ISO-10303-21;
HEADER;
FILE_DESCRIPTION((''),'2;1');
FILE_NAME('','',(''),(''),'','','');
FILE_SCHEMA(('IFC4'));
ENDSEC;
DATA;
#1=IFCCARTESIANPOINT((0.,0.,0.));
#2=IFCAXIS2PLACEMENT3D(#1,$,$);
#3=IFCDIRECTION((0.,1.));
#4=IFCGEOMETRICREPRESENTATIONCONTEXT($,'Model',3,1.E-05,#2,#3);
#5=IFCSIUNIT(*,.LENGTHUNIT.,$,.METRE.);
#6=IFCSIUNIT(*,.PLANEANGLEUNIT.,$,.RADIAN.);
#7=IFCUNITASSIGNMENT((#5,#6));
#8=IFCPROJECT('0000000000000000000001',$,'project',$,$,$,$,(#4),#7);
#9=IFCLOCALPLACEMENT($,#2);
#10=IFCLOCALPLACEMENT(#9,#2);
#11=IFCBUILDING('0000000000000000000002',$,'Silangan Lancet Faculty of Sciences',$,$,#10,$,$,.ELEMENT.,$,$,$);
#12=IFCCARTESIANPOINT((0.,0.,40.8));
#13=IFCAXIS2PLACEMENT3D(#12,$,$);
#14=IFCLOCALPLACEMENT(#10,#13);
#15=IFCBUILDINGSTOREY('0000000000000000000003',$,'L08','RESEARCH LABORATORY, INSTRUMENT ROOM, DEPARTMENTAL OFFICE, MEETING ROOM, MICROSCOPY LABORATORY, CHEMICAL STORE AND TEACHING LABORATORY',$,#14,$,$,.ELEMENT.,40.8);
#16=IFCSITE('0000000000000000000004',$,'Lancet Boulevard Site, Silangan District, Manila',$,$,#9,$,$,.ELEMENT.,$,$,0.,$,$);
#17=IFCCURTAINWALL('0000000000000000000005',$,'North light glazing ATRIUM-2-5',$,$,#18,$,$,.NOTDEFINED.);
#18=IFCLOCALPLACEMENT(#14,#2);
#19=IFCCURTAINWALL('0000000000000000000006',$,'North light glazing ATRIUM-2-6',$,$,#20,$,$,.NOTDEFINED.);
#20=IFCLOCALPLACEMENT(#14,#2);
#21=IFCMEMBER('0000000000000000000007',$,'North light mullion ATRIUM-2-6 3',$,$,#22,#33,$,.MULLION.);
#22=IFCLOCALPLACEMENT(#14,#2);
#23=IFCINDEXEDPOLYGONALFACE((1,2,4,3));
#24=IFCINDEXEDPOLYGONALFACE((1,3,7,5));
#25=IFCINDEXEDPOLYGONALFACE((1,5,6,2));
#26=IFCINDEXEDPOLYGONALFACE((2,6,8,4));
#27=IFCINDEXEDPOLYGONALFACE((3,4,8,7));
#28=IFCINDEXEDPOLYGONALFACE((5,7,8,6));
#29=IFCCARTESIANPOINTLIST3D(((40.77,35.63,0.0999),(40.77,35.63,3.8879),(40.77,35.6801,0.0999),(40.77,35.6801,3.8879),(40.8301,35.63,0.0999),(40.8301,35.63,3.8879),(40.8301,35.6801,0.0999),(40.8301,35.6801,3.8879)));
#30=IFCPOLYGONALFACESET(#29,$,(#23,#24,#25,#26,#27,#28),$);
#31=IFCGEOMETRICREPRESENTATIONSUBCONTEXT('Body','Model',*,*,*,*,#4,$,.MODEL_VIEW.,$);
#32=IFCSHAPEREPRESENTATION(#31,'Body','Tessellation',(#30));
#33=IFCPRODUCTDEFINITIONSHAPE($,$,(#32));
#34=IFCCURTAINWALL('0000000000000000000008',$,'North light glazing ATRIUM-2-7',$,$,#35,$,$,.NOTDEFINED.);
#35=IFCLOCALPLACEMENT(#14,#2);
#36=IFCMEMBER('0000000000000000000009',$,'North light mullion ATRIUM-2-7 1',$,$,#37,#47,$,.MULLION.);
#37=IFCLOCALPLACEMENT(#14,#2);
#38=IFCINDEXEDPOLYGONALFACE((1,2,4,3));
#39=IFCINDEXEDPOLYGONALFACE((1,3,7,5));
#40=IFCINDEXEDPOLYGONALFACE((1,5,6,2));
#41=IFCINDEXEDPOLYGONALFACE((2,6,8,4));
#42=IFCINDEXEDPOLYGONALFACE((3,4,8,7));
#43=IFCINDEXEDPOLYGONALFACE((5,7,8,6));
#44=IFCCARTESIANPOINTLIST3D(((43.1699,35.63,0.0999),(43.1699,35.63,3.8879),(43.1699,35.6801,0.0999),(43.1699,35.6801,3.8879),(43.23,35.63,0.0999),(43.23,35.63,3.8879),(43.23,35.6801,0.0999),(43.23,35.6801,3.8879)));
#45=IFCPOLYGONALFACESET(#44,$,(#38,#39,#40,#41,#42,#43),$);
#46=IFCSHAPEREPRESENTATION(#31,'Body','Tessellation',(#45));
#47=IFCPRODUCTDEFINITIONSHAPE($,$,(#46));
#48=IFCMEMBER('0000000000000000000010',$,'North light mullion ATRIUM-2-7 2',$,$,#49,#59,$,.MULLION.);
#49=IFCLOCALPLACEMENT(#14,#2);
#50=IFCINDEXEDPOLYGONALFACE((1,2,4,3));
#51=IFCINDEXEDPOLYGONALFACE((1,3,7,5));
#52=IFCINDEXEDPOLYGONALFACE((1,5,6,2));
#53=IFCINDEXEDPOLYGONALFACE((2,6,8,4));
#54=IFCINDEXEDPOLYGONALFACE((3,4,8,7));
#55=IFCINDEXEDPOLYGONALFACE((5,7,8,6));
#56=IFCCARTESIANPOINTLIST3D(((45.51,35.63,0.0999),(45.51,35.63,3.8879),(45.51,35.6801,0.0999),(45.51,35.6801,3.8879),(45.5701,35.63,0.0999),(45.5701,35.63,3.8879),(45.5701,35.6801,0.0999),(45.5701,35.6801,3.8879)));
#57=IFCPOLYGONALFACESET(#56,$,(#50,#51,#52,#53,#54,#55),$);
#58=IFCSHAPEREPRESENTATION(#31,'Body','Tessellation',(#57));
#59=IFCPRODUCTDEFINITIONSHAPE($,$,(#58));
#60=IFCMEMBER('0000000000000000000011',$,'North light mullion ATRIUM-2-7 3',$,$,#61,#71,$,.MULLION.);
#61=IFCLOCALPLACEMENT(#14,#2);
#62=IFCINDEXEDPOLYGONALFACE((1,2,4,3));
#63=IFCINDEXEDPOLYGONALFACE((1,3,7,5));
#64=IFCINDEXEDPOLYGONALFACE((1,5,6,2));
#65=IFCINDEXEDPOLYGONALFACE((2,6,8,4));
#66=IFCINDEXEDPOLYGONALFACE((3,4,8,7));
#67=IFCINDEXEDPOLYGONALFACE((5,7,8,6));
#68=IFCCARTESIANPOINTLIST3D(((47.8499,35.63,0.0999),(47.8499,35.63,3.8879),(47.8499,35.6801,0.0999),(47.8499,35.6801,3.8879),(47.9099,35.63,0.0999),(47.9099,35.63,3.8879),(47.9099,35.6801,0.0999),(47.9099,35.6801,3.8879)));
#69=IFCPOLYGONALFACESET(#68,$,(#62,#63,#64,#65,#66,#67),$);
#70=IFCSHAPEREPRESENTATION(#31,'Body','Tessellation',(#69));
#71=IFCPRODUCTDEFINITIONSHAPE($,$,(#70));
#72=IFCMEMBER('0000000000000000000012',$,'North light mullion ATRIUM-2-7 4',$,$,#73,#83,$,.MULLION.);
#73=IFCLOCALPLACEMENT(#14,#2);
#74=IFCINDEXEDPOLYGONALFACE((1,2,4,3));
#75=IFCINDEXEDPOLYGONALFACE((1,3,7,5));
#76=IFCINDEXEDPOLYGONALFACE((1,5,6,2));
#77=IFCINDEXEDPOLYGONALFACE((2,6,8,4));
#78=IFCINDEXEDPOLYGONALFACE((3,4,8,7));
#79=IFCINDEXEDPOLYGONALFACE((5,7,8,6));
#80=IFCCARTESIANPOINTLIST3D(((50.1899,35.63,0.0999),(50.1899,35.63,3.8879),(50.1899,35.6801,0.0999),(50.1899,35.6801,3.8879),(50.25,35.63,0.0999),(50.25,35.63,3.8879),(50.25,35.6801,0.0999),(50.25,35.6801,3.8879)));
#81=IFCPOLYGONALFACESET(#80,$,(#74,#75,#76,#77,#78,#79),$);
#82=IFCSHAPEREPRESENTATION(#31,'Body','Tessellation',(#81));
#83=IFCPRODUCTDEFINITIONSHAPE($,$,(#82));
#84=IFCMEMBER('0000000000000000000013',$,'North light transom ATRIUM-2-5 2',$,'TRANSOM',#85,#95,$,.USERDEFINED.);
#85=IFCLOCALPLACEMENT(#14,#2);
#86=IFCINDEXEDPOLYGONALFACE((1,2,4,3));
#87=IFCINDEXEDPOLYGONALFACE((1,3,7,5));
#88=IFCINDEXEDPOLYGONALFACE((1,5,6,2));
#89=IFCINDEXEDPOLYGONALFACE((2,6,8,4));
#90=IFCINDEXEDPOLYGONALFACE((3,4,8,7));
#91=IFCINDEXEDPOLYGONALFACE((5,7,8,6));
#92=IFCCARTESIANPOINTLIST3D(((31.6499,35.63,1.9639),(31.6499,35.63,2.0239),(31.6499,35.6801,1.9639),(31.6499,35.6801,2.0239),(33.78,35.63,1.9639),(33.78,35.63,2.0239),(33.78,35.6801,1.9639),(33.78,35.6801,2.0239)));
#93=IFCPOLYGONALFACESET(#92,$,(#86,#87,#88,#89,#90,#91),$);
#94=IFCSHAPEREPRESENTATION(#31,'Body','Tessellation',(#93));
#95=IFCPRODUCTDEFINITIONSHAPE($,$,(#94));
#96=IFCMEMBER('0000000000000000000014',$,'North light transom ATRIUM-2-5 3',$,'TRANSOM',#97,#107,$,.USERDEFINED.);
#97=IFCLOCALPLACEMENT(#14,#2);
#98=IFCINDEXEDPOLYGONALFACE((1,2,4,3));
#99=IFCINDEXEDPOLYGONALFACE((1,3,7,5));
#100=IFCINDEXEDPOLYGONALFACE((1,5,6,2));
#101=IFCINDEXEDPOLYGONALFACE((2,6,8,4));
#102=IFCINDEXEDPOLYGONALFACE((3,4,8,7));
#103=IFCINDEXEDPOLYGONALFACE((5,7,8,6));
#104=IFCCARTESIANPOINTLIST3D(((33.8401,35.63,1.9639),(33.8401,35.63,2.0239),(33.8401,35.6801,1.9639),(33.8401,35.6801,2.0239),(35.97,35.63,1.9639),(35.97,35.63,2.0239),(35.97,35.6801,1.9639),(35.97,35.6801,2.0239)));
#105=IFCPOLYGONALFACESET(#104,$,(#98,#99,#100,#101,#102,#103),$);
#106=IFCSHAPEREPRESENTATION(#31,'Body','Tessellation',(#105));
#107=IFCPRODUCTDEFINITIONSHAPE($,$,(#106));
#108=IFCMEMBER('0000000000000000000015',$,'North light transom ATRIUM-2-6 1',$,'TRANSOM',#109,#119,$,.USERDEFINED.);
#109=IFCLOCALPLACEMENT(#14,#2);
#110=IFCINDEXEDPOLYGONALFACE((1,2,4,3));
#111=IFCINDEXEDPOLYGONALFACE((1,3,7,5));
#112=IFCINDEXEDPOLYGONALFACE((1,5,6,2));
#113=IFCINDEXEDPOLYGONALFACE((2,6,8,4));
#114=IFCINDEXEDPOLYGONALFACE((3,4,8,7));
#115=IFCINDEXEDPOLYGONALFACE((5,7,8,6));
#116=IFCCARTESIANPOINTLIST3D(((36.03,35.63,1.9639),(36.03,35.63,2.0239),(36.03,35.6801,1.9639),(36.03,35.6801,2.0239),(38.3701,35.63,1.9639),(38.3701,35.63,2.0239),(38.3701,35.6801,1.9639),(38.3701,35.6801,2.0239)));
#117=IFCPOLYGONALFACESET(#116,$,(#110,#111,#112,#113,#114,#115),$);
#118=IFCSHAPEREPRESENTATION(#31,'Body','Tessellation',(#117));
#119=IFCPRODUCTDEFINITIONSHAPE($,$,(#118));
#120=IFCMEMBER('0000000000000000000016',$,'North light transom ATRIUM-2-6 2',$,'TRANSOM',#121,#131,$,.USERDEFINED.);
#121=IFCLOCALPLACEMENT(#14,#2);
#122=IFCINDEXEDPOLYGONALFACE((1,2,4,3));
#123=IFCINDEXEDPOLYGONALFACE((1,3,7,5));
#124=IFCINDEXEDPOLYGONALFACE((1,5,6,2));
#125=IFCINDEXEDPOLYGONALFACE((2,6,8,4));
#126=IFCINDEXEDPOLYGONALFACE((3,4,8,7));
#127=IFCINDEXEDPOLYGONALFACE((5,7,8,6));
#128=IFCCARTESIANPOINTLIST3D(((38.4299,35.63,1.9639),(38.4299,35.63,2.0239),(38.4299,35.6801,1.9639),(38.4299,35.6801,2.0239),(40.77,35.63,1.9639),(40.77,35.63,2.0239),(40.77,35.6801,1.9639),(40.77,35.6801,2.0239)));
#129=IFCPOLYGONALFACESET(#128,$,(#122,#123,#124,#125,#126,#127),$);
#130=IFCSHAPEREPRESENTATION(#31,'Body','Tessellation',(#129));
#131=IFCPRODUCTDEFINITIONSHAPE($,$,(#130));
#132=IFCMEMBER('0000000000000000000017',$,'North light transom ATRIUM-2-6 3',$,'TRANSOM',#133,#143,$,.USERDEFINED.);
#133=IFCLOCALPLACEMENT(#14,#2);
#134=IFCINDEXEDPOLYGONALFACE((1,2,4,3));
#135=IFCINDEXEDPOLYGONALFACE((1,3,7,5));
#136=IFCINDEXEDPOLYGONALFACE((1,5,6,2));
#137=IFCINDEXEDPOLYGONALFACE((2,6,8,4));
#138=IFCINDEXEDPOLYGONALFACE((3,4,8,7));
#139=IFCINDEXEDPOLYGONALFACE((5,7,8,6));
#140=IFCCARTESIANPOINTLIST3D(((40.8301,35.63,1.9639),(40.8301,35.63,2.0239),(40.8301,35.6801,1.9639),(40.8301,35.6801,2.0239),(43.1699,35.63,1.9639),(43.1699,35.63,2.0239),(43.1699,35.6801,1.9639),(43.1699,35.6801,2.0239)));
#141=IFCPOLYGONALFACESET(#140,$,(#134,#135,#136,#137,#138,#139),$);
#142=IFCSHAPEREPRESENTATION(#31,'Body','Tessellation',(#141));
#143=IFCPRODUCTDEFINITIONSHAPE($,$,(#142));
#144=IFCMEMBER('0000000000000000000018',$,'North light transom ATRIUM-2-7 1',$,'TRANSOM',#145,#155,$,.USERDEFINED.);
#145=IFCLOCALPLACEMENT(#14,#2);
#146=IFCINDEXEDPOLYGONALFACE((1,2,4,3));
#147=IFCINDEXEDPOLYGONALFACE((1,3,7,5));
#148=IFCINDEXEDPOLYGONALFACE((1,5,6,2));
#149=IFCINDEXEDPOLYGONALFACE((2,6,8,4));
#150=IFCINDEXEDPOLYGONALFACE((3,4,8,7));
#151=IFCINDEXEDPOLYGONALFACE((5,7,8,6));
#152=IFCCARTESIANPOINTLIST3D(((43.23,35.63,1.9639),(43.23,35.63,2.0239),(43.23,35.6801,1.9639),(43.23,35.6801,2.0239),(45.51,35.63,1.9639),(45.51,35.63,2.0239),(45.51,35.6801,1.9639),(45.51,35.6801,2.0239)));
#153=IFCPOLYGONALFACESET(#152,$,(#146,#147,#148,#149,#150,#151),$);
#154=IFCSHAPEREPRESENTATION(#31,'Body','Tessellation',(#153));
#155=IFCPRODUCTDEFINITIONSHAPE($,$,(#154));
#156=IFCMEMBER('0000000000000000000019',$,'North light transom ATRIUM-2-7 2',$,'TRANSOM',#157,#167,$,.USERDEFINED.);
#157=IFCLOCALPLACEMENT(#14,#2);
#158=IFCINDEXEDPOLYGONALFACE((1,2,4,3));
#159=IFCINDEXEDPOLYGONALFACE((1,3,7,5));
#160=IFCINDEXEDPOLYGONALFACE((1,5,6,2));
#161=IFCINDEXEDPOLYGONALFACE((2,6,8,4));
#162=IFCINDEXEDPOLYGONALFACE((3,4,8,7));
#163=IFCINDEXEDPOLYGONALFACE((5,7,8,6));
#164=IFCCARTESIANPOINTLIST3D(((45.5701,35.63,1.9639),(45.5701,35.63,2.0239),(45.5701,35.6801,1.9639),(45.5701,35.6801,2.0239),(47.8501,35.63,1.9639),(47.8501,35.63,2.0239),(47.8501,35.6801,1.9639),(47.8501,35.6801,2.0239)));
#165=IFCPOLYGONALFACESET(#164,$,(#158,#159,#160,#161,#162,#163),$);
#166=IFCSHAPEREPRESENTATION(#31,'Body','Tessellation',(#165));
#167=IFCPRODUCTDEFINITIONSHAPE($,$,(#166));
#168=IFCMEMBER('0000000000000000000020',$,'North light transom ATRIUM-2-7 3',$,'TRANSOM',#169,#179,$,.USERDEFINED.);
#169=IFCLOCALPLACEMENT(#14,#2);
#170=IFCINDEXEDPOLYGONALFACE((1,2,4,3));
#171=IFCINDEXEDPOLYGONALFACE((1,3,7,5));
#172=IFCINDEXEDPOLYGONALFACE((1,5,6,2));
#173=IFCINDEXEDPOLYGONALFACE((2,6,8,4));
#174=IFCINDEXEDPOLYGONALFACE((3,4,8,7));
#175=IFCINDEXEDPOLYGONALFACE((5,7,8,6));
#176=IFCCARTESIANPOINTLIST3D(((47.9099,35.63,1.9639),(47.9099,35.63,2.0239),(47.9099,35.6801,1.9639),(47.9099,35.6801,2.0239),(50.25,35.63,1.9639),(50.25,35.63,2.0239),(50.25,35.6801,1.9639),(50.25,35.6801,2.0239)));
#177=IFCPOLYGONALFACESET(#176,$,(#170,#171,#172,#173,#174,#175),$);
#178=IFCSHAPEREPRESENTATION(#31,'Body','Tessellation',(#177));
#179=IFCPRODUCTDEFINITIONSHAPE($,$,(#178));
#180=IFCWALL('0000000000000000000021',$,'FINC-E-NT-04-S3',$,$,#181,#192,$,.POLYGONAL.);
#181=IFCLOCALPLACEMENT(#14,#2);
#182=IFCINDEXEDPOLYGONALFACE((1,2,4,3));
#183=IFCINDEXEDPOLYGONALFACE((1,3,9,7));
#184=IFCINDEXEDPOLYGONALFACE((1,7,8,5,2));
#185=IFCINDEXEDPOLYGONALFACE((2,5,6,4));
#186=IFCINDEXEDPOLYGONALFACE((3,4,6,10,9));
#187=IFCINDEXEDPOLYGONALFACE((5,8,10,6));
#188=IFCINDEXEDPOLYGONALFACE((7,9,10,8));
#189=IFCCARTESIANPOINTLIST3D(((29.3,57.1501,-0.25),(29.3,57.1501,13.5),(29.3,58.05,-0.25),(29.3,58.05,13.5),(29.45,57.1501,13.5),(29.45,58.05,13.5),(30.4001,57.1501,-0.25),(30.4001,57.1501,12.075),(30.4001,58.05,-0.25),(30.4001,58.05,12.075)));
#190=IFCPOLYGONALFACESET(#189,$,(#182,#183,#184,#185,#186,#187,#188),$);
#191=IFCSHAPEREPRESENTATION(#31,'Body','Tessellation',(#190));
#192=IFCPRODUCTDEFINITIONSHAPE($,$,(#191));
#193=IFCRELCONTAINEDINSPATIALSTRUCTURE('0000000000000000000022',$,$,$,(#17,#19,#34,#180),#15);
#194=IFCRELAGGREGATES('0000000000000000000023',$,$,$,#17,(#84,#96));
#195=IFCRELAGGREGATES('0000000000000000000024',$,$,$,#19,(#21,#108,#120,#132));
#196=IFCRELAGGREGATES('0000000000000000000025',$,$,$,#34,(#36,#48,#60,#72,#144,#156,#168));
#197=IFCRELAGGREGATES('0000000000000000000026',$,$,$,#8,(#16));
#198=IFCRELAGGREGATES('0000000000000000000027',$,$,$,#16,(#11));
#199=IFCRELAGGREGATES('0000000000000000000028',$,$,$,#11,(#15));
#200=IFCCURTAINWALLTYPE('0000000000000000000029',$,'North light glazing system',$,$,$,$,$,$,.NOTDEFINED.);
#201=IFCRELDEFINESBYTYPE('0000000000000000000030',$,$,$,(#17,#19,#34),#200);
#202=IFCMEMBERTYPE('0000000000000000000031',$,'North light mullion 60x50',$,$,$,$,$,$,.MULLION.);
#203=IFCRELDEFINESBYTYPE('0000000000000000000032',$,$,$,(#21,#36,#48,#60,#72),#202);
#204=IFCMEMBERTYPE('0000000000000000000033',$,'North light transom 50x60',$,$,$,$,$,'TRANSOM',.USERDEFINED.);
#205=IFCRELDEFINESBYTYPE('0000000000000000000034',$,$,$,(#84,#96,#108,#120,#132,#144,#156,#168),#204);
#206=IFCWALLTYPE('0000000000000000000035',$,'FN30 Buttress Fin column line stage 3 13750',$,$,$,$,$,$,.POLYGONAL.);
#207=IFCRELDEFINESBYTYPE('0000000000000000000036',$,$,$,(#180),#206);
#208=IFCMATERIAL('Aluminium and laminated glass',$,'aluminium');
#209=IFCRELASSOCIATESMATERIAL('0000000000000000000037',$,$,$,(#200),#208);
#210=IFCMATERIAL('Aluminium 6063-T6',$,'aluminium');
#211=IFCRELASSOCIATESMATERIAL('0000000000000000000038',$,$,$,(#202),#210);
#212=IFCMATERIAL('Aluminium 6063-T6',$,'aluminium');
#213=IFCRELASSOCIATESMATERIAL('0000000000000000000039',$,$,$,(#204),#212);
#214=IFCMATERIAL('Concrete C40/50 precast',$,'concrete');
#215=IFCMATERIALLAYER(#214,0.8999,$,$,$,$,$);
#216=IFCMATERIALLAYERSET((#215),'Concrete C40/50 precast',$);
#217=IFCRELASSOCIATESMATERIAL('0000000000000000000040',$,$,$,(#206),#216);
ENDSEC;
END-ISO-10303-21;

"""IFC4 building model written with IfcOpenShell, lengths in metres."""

from ifc_helpers import new_model, si_unit, direction, frame, origin, origin_2d, place, context, subcontext, project, spatial, polyline, rectangle, outline, extrude, material, layer, layer_set, material_profile, profile_set, type_object, element, aggregate, save


model = new_model("IFC4")

# Units and contexts
model_context = context("Model", 3, precision=1e-05, world=origin(), true_north=direction((0.0, 1.0)))
body_context = subcontext(model_context, "Body", "Model", "MODEL_VIEW")
ifc_project = project(units=[si_unit("LENGTHUNIT", "METRE"), si_unit("PLANEANGLEUNIT", "RADIAN")], contexts=[model_context])

# Site, building, storey
site_placement = place(None, origin())
site = spatial("IfcSite", under=ifc_project, at=site_placement, Name="Lancet Boulevard Site, Silangan District, Manila", CompositionType="ELEMENT", RefElevation=0.0)
building_placement = place(site_placement, origin())
building = spatial("IfcBuilding", under=site, at=building_placement, Name="Silangan Lancet Faculty of Sciences", CompositionType="ELEMENT")
storey_placement = place(building_placement, frame((0.0, 0.0, 40.8)))
storey = spatial("IfcBuildingStorey", under=building, at=storey_placement, Name="L08", Description="RESEARCH LABORATORY, INSTRUMENT ROOM, DEPARTMENTAL OFFICE, MEETING ROOM, MICROSCOPY LABORATORY, CHEMICAL STORE AND TEACHING LABORATORY", CompositionType="ELEMENT", Elevation=40.8)

# Curtain walls, members
ifc_material_1 = material(Name="Aluminium and laminated glass", Category="aluminium")
curtain_wall_type = type_object("IfcCurtainWallType", Name="North light glazing system", PredefinedType="NOTDEFINED", material=ifc_material_1)
curtain_wall_1_placement = place(storey_placement, origin())
curtain_wall_1 = element("IfcCurtainWall", 1, at=curtain_wall_1_placement, inside=storey, type_object=curtain_wall_type, Name="North light glazing ATRIUM-2-5", PredefinedType="NOTDEFINED")
ifc_material_2 = material(Name="Aluminium 6063-T6", Category="aluminium")
ifc_material_profile_1 = material_profile(ifc_material_2, rectangle(XDim=0.0601, YDim=0.05, at=origin_2d()), Name="AL 60x50")
ifc_profile_set_1 = profile_set([ifc_material_profile_1], Name="Aluminium 6063-T6")
member_type_1 = type_object("IfcMemberType", Name="North light mullion 60x50", PredefinedType="MULLION", material=ifc_profile_set_1)
curtain_wall_2_placement = place(storey_placement, origin())
curtain_wall_2 = element("IfcCurtainWall", 2, at=curtain_wall_2_placement, inside=storey, type_object=curtain_wall_type, Name="North light glazing ATRIUM-2-6", PredefinedType="NOTDEFINED")
member_1_placement = place(storey_placement, frame((40.8, 35.655, 0.0999), z_axis=(0.0, 0.0, 1.0), x_axis=(1.0, 0.0, 0.0)))
member_1 = element("IfcMember", 3, at=member_1_placement, type_object=member_type_1, Name="North light mullion ATRIUM-2-6 3", PredefinedType="MULLION", context=body_context, shape_type="SweptSolid", body=[
    extrude(rectangle(XDim=0.0601, YDim=0.05, at=origin_2d()), origin(), (0.0, 0.0, 1.0), 3.7881),
])
curtain_wall_3_placement = place(storey_placement, origin())
curtain_wall_3 = element("IfcCurtainWall", 4, at=curtain_wall_3_placement, inside=storey, type_object=curtain_wall_type, Name="North light glazing ATRIUM-2-7", PredefinedType="NOTDEFINED")
member_2_placement = place(storey_placement, frame((43.2, 35.655, 0.0999), z_axis=(0.0, 0.0, 1.0), x_axis=(1.0, 0.0, 0.0)))
member_2 = element("IfcMember", 5, at=member_2_placement, type_object=member_type_1, Name="North light mullion ATRIUM-2-7 1", PredefinedType="MULLION", context=body_context, shape_type="SweptSolid", body=[
    extrude(rectangle(XDim=0.0601, YDim=0.05, at=origin_2d()), origin(), (0.0, 0.0, 1.0), 3.7881),
])
member_3_placement = place(storey_placement, frame((45.54, 35.655, 0.0999), z_axis=(0.0, 0.0, 1.0), x_axis=(1.0, 0.0, 0.0)))
member_3 = element("IfcMember", 6, at=member_3_placement, type_object=member_type_1, Name="North light mullion ATRIUM-2-7 2", PredefinedType="MULLION", context=body_context, shape_type="SweptSolid", body=[
    extrude(rectangle(XDim=0.0601, YDim=0.05, at=origin_2d()), origin(), (0.0, 0.0, 1.0), 3.7881),
])
member_4_placement = place(storey_placement, frame((47.8799, 35.655, 0.0999), z_axis=(0.0, 0.0, 1.0), x_axis=(1.0, 0.0, 0.0)))
member_4 = element("IfcMember", 7, at=member_4_placement, type_object=member_type_1, Name="North light mullion ATRIUM-2-7 3", PredefinedType="MULLION", context=body_context, shape_type="SweptSolid", body=[
    extrude(rectangle(XDim=0.0601, YDim=0.05, at=origin_2d()), origin(), (0.0, 0.0, 1.0), 3.7881),
])
member_5_placement = place(storey_placement, frame((50.22, 35.655, 0.0999), z_axis=(0.0, 0.0, 1.0), x_axis=(1.0, 0.0, 0.0)))
member_5 = element("IfcMember", 8, at=member_5_placement, type_object=member_type_1, Name="North light mullion ATRIUM-2-7 4", PredefinedType="MULLION", context=body_context, shape_type="SweptSolid", body=[
    extrude(rectangle(XDim=0.0601, YDim=0.05, at=origin_2d()), origin(), (0.0, 0.0, 1.0), 3.7881),
])

# Members
ifc_material_3 = material(Name="Aluminium 6063-T6", Category="aluminium")
ifc_material_profile_2 = material_profile(ifc_material_3, rectangle(XDim=0.05, YDim=0.0601, at=origin_2d()), Name="AL 50x60")
ifc_profile_set_2 = profile_set([ifc_material_profile_2], Name="Aluminium 6063-T6")
member_type_2 = type_object("IfcMemberType", Name="North light transom 50x60", ElementType="TRANSOM", PredefinedType="USERDEFINED", material=ifc_profile_set_2)
member_6_placement = place(storey_placement, frame((31.6499, 35.655, 1.9939), z_axis=(1.0, 0.0, 0.0), x_axis=(0.0, 1.0, 0.0)))
member_6 = element("IfcMember", 9, at=member_6_placement, type_object=member_type_2, Name="North light transom ATRIUM-2-5 2", ObjectType="TRANSOM", PredefinedType="USERDEFINED", context=body_context, shape_type="SweptSolid", body=[
    extrude(rectangle(XDim=0.05, YDim=0.0601, at=origin_2d()), origin(), (0.0, 0.0, 1.0), 2.1301),
])
member_7_placement = place(storey_placement, frame((33.8401, 35.655, 1.9939), z_axis=(1.0, 0.0, 0.0), x_axis=(0.0, 1.0, 0.0)))
member_7 = element("IfcMember", 10, at=member_7_placement, type_object=member_type_2, Name="North light transom ATRIUM-2-5 3", ObjectType="TRANSOM", PredefinedType="USERDEFINED", context=body_context, shape_type="SweptSolid", body=[
    extrude(rectangle(XDim=0.05, YDim=0.0601, at=origin_2d()), origin(), (0.0, 0.0, 1.0), 2.1299),
])
aggregate(curtain_wall_1, [member_6, member_7])
member_8_placement = place(storey_placement, frame((36.03, 35.655, 1.9939), z_axis=(1.0, 0.0, 0.0), x_axis=(0.0, 1.0, 0.0)))
member_8 = element("IfcMember", 11, at=member_8_placement, type_object=member_type_2, Name="North light transom ATRIUM-2-6 1", ObjectType="TRANSOM", PredefinedType="USERDEFINED", context=body_context, shape_type="SweptSolid", body=[
    extrude(rectangle(XDim=0.05, YDim=0.0601, at=origin_2d()), origin(), (0.0, 0.0, 1.0), 2.3401),
])
member_9_placement = place(storey_placement, frame((38.4299, 35.655, 1.9939), z_axis=(1.0, 0.0, 0.0), x_axis=(0.0, 1.0, 0.0)))
member_9 = element("IfcMember", 12, at=member_9_placement, type_object=member_type_2, Name="North light transom ATRIUM-2-6 2", ObjectType="TRANSOM", PredefinedType="USERDEFINED", context=body_context, shape_type="SweptSolid", body=[
    extrude(rectangle(XDim=0.05, YDim=0.0601, at=origin_2d()), origin(), (0.0, 0.0, 1.0), 2.3401),
])
member_10_placement = place(storey_placement, frame((40.8301, 35.655, 1.9939), z_axis=(1.0, 0.0, 0.0), x_axis=(0.0, 1.0, 0.0)))
member_10 = element("IfcMember", 13, at=member_10_placement, type_object=member_type_2, Name="North light transom ATRIUM-2-6 3", ObjectType="TRANSOM", PredefinedType="USERDEFINED", context=body_context, shape_type="SweptSolid", body=[
    extrude(rectangle(XDim=0.05, YDim=0.0601, at=origin_2d()), origin(), (0.0, 0.0, 1.0), 2.3398),
])
aggregate(curtain_wall_2, [member_1, member_8, member_9, member_10])
member_11_placement = place(storey_placement, frame((43.23, 35.655, 1.9939), z_axis=(1.0, 0.0, 0.0), x_axis=(0.0, 1.0, 0.0)))
member_11 = element("IfcMember", 14, at=member_11_placement, type_object=member_type_2, Name="North light transom ATRIUM-2-7 1", ObjectType="TRANSOM", PredefinedType="USERDEFINED", context=body_context, shape_type="SweptSolid", body=[
    extrude(rectangle(XDim=0.05, YDim=0.0601, at=origin_2d()), origin(), (0.0, 0.0, 1.0), 2.28),
])
member_12_placement = place(storey_placement, frame((45.5701, 35.655, 1.9939), z_axis=(1.0, 0.0, 0.0), x_axis=(0.0, 1.0, 0.0)))
member_12 = element("IfcMember", 15, at=member_12_placement, type_object=member_type_2, Name="North light transom ATRIUM-2-7 2", ObjectType="TRANSOM", PredefinedType="USERDEFINED", context=body_context, shape_type="SweptSolid", body=[
    extrude(rectangle(XDim=0.05, YDim=0.0601, at=origin_2d()), origin(), (0.0, 0.0, 1.0), 2.28),
])
member_13_placement = place(storey_placement, frame((47.9099, 35.655, 1.9939), z_axis=(1.0, 0.0, 0.0), x_axis=(0.0, 1.0, 0.0)))
member_13 = element("IfcMember", 16, at=member_13_placement, type_object=member_type_2, Name="North light transom ATRIUM-2-7 3", ObjectType="TRANSOM", PredefinedType="USERDEFINED", context=body_context, shape_type="SweptSolid", body=[
    extrude(rectangle(XDim=0.05, YDim=0.0601, at=origin_2d()), origin(), (0.0, 0.0, 1.0), 2.3401),
])
aggregate(curtain_wall_3, [member_2, member_3, member_4, member_5, member_11, member_12, member_13])

# Wall
ifc_material_4 = material(Name="Concrete C40/50 precast", Category="concrete")
ifc_layer_1 = layer(ifc_material_4, 0.8999)
ifc_layer_set_1 = layer_set([ifc_layer_1], Name="Concrete C40/50 precast")
wall_type_1 = type_object("IfcWallType", Name="FN30 Buttress Fin column line stage 3 13750", PredefinedType="POLYGONAL", material=ifc_layer_set_1)
wall_1_placement = place(storey_placement, frame((29.3, 57.6001, -0.25), z_axis=(0.0, 0.0, 1.0), x_axis=(1.0, 0.0, 0.0)))
element("IfcWall", 17, at=wall_1_placement, inside=storey, type_object=wall_type_1, Name="FINC-E-NT-04-S3", PredefinedType="POLYGONAL", context=body_context, shape_type="SweptSolid", body=[
    extrude(outline(polyline([(1.1001, 0.0), (1.1001, 12.325), (0.1499, 13.75), (0.0, 13.75), (0.0, 0.0), (1.1001, 0.0)])), frame((0.0, 0.45, 0.0), z_axis=(0.0, -1.0, 0.0), x_axis=(1.0, 0.0, 0.0)), (0.0, 0.0, 1.0), 0.8999),
])

save(model, "model.ifc")
